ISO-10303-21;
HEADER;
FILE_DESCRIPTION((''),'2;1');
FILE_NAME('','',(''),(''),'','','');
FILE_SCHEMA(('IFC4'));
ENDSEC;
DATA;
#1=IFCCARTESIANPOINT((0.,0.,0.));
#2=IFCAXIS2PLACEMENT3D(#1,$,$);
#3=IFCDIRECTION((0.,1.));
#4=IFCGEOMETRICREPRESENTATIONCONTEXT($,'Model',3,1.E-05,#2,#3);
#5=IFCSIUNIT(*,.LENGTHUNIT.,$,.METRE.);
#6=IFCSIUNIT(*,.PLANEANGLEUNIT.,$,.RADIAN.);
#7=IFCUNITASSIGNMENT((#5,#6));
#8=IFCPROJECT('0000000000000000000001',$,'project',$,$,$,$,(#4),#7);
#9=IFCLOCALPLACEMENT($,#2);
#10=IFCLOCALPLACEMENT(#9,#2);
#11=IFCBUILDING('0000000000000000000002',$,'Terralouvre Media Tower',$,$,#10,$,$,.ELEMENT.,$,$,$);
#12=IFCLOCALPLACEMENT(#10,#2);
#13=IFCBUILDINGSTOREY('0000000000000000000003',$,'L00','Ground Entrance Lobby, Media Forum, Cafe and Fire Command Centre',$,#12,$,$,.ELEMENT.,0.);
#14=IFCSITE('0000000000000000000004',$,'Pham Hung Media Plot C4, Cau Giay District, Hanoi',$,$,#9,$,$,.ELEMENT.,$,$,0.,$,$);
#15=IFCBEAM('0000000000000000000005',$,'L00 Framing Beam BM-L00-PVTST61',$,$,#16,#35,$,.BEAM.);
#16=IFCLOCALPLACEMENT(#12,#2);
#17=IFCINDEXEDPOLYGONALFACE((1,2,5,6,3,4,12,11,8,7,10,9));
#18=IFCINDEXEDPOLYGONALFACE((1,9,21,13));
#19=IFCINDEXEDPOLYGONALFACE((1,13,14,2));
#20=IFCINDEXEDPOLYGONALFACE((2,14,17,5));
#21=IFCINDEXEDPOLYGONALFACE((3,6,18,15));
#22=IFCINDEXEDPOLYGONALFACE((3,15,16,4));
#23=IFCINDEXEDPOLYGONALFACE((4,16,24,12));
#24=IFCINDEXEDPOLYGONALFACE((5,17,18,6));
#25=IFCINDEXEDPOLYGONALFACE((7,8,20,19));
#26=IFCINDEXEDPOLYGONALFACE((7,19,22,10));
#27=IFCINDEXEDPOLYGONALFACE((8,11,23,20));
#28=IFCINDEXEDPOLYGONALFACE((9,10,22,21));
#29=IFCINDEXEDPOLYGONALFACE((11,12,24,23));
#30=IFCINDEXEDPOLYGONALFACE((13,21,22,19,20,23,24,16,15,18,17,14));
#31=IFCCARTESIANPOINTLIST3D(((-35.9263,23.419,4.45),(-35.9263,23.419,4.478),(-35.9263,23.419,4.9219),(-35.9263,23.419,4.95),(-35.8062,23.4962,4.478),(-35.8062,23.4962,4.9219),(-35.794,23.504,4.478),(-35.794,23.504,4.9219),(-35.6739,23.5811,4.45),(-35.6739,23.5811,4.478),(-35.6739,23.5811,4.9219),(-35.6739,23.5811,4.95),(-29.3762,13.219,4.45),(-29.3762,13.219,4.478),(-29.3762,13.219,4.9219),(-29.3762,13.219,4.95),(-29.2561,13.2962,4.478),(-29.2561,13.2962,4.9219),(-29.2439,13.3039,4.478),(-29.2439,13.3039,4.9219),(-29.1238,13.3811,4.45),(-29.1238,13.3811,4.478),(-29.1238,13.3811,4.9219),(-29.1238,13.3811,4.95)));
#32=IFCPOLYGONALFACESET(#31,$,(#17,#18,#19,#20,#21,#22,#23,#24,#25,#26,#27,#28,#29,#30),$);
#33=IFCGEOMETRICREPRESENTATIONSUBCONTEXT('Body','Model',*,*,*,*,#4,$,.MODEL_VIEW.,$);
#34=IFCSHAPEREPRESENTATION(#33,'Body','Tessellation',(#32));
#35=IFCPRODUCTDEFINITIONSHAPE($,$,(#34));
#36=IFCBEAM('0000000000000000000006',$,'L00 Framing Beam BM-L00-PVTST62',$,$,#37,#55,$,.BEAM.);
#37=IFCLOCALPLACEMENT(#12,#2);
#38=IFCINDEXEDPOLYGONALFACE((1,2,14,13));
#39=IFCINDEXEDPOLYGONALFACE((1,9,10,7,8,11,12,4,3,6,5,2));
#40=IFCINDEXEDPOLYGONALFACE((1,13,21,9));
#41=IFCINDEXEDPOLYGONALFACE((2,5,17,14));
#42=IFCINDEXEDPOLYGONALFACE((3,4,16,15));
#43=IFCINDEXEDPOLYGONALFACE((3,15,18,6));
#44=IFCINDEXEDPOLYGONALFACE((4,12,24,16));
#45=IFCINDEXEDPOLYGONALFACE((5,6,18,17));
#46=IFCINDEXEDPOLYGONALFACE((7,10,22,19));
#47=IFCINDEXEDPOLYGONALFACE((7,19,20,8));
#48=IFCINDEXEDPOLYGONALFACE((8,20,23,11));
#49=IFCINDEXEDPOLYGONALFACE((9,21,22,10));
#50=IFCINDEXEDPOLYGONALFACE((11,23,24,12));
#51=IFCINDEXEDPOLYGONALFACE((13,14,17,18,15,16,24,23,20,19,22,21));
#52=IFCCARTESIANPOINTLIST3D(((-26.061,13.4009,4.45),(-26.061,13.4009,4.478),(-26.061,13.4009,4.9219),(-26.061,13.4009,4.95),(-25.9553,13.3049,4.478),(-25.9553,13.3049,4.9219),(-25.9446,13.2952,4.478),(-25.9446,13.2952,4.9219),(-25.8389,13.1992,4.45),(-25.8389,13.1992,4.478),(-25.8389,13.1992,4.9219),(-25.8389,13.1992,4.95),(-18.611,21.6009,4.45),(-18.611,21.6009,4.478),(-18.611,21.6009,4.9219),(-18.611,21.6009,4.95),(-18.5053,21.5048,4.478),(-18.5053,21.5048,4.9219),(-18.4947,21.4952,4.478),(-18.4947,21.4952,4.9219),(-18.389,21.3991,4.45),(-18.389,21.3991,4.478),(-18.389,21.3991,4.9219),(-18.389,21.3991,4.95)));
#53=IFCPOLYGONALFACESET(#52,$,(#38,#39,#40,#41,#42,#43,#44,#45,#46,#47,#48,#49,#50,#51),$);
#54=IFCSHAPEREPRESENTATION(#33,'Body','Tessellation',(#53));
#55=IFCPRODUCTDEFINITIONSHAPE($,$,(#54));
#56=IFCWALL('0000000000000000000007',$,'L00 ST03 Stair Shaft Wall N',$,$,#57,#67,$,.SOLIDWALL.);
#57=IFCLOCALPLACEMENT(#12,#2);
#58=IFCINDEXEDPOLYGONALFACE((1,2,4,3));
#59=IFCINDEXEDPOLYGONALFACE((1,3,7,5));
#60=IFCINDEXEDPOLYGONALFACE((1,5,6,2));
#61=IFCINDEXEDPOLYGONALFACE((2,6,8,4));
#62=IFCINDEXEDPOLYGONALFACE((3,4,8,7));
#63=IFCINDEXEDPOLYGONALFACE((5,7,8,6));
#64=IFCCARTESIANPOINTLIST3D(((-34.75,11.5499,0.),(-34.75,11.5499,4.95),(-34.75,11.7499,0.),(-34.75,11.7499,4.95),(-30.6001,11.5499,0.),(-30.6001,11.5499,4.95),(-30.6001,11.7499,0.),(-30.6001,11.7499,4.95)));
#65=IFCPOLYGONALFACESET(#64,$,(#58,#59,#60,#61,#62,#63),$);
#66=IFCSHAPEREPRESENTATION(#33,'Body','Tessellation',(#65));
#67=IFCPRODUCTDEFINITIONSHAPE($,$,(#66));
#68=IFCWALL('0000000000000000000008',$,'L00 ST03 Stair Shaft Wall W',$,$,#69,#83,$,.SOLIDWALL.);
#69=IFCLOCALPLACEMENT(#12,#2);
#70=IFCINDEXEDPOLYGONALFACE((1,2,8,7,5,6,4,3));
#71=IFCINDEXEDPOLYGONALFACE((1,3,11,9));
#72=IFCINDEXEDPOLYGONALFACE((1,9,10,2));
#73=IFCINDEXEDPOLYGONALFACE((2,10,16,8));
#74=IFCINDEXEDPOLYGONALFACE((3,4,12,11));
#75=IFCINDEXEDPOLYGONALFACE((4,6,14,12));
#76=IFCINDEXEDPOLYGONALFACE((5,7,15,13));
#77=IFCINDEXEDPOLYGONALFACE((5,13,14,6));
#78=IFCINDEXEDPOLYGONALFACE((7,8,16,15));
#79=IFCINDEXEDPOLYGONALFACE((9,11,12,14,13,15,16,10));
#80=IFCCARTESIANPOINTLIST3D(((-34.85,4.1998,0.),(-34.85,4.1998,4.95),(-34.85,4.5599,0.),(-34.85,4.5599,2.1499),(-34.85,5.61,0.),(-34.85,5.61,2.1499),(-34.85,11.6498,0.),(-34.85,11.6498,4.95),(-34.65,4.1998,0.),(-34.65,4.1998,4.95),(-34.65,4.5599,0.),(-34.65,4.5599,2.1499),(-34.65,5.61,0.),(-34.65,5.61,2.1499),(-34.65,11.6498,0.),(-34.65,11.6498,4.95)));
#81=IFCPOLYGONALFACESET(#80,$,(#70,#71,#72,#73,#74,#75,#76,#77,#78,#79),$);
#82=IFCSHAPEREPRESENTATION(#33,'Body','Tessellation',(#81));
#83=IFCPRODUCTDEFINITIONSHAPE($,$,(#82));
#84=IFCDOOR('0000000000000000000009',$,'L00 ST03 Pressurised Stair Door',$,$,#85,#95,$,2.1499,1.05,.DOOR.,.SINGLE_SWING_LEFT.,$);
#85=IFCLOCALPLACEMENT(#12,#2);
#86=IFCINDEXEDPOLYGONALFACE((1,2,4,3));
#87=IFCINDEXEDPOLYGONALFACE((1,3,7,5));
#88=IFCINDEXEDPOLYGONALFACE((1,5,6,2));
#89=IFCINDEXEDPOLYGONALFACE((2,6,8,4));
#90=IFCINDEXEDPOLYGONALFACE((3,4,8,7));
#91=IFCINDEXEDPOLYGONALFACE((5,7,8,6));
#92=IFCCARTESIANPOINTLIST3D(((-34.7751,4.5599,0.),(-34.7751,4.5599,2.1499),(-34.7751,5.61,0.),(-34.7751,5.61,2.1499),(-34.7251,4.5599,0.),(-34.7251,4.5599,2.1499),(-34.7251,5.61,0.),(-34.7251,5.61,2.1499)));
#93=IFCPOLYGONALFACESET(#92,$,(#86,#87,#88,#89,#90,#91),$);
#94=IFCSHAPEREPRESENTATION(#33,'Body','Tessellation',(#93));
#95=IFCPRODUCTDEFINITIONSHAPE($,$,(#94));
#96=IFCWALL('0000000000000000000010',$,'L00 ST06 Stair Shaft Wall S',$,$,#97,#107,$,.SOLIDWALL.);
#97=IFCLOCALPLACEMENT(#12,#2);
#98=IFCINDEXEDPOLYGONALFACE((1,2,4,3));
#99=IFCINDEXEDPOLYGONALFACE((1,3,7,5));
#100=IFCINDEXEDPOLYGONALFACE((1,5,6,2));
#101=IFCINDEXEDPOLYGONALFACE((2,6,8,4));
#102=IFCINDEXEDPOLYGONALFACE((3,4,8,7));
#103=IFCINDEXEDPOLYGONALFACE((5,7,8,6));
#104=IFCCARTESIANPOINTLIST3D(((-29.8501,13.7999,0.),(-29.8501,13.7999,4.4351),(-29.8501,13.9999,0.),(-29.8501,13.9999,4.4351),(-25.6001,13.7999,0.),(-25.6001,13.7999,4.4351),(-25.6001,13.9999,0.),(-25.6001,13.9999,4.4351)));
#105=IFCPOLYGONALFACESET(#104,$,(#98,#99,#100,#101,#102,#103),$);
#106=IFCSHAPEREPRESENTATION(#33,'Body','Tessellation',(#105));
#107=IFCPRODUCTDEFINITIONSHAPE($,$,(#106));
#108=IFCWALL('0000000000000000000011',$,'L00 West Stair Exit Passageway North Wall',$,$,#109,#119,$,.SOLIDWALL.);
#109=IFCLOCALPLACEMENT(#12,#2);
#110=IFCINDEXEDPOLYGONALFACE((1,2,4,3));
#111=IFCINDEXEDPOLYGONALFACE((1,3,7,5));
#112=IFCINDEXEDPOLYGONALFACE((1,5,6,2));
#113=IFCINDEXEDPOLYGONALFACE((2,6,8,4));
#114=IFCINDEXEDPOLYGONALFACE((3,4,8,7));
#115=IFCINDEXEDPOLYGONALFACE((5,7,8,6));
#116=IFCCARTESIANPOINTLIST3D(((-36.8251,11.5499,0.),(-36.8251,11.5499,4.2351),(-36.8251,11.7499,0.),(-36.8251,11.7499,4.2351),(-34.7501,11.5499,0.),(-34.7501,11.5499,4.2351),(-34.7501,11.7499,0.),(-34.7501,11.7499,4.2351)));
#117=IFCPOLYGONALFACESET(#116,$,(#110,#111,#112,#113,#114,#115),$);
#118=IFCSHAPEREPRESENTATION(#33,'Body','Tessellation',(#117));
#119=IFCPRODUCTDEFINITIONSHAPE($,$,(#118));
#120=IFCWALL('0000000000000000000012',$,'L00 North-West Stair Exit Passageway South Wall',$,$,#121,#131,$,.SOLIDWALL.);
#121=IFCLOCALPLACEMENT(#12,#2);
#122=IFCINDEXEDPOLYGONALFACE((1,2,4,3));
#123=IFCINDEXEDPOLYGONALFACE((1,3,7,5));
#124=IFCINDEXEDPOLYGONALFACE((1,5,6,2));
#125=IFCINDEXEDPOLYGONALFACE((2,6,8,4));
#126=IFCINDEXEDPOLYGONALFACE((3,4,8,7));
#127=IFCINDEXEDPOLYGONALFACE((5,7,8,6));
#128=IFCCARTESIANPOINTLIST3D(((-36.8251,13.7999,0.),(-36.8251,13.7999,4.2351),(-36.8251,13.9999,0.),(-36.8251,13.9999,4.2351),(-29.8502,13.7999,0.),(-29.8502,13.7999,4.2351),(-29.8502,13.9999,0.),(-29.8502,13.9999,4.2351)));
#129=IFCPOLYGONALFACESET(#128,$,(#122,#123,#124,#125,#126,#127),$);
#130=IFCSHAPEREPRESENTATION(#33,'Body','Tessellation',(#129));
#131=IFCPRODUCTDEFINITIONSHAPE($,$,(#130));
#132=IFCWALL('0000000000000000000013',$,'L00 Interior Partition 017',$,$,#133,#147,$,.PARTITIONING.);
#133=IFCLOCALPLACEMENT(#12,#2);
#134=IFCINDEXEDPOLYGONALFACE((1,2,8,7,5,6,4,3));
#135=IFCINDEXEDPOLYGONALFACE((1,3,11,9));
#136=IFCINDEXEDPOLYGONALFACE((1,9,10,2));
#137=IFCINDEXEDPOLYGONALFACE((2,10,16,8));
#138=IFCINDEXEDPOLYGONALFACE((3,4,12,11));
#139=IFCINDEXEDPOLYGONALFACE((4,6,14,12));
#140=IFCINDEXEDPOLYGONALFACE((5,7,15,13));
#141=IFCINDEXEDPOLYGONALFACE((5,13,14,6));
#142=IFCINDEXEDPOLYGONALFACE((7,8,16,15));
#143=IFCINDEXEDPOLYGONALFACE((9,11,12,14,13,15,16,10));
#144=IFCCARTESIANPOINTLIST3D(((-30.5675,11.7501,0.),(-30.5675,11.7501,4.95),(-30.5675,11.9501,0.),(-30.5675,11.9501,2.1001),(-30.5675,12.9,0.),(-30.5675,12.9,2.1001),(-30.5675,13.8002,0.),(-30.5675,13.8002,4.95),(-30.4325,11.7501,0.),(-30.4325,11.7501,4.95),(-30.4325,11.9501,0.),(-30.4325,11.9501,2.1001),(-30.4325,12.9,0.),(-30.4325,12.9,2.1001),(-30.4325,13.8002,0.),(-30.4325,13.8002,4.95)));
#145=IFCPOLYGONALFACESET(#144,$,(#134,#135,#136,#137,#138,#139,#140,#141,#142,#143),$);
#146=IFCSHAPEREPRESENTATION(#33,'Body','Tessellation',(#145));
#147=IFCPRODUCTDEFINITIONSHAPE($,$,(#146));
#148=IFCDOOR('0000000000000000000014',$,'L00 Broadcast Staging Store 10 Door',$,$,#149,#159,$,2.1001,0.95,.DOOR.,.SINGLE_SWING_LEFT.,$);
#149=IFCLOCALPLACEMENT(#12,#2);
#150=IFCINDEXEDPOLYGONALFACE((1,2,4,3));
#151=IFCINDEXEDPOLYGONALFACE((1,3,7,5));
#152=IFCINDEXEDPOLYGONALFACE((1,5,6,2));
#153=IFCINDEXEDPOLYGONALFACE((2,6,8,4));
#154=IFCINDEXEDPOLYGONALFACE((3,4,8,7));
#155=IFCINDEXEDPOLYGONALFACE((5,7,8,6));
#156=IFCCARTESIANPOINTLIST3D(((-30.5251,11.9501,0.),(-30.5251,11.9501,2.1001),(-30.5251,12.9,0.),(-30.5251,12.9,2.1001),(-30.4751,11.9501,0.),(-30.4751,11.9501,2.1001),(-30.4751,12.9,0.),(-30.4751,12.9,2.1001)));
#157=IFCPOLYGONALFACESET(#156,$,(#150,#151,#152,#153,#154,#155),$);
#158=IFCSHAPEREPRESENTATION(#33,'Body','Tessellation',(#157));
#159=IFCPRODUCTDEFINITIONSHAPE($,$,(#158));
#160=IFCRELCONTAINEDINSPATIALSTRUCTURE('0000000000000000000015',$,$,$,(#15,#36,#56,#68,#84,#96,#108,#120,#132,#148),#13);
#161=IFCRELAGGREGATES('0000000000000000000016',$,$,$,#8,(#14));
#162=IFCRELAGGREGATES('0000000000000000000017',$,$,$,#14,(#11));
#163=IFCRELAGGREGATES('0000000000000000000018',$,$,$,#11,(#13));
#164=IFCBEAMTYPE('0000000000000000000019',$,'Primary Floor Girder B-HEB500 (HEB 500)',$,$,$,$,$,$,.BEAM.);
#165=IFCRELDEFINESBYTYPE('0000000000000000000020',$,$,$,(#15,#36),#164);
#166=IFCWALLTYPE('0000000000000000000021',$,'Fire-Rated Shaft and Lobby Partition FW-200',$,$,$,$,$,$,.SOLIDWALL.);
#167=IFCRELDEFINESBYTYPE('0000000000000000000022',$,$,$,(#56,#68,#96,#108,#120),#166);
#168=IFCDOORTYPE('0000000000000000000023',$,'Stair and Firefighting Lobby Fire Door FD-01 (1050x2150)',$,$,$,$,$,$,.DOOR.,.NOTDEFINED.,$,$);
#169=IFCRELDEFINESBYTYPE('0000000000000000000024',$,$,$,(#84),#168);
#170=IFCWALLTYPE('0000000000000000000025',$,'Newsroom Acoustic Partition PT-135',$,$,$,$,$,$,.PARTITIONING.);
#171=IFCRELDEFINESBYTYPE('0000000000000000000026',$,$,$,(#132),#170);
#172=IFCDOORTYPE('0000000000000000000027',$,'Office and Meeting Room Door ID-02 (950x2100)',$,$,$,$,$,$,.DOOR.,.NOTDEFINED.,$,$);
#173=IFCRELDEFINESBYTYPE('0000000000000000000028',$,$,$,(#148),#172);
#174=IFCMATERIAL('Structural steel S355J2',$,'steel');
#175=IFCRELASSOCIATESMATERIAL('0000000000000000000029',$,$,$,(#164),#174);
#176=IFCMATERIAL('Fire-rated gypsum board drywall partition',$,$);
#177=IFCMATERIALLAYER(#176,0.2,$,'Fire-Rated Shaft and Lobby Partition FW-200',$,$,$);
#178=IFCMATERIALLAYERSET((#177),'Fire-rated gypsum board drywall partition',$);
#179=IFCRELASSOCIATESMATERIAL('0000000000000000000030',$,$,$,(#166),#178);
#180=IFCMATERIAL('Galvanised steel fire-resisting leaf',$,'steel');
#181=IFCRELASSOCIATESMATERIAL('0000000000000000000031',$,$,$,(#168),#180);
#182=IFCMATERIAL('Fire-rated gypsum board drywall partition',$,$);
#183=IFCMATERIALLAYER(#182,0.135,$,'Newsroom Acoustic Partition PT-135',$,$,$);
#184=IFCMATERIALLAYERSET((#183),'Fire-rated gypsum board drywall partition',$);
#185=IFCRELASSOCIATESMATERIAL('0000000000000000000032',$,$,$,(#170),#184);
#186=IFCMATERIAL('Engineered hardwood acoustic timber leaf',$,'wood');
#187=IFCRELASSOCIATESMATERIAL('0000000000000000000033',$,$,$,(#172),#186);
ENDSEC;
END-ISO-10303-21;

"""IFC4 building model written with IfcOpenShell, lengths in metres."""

from ifc_helpers import new_model, si_unit, direction, frame, frame_2d, origin, origin_2d, place, context, subcontext, project, spatial, rectangle, i_section, extrude, material, layer, layer_set, material_profile, profile_set, type_object, element, fill, save


model = new_model("IFC4")

# Units and contexts
model_context = context("Model", 3, precision=1e-05, world=origin(), true_north=direction((0.0, 1.0)))
body_context = subcontext(model_context, "Body", "Model", "MODEL_VIEW")
ifc_project = project(units=[si_unit("LENGTHUNIT", "METRE"), si_unit("PLANEANGLEUNIT", "RADIAN")], contexts=[model_context])

# Site, building, storey
site_placement = place(None, origin())
site = spatial("IfcSite", under=ifc_project, at=site_placement, Name="Pham Hung Media Plot C4, Cau Giay District, Hanoi", CompositionType="ELEMENT", RefElevation=0.0)
building_placement = place(site_placement, origin())
building = spatial("IfcBuilding", under=site, at=building_placement, Name="Terralouvre Media Tower", CompositionType="ELEMENT")
storey_placement = place(building_placement, origin())
storey = spatial("IfcBuildingStorey", under=building, at=storey_placement, Name="L00", Description="Ground Entrance Lobby, Media Forum, Cafe and Fire Command Centre", CompositionType="ELEMENT", Elevation=0.0)

# Beams
ifc_material_1 = material(Name="Structural steel S355J2", Category="steel")
ifc_material_profile_1 = material_profile(ifc_material_1, i_section(OverallWidth=0.3, OverallDepth=0.5, WebThickness=0.0144, FlangeThickness=0.0281, at=origin_2d()), Name="HEB 500")
ifc_profile_set_1 = profile_set([ifc_material_profile_1], Name="Structural steel S355J2")
beam_type_1 = type_object("IfcBeamType", Name="Primary Floor Girder B-HEB500 (HEB 500)", PredefinedType="BEAM", material=ifc_profile_set_1)
beam_1_placement = place(storey_placement, frame((-29.25, 13.3, 4.7), z_axis=(-0.540345, 0.841443, 0.0), x_axis=(-0.841443, -0.540345, 0.0)))
element("IfcBeam", 1, at=beam_1_placement, inside=storey, type_object=beam_type_1, Name="L00 Framing Beam BM-L00-PVTST61", PredefinedType="BEAM", context=body_context, shape_type="SweptSolid", body=[
    extrude(i_section(OverallWidth=0.3, OverallDepth=0.5, WebThickness=0.0144, FlangeThickness=0.0281, at=origin_2d()), origin(), (0.0, 0.0, 1.0), 12.1221),
])
beam_2_placement = place(storey_placement, frame((-25.95, 13.3, 4.7), z_axis=(0.672448, 0.740144, 0.0), x_axis=(-0.740144, 0.672448, 0.0)))
element("IfcBeam", 2, at=beam_2_placement, inside=storey, type_object=beam_type_1, Name="L00 Framing Beam BM-L00-PVTST62", PredefinedType="BEAM", context=body_context, shape_type="SweptSolid", body=[
    extrude(i_section(OverallWidth=0.3, OverallDepth=0.5, WebThickness=0.0144, FlangeThickness=0.0281, at=origin_2d()), origin(), (0.0, 0.0, 1.0), 11.0789),
])

# Wall
ifc_material_2 = material(Name="Fire-rated gypsum board drywall partition")
ifc_layer_1 = layer(ifc_material_2, 0.2, Name="Fire-Rated Shaft and Lobby Partition FW-200")
ifc_layer_set_1 = layer_set([ifc_layer_1], Name="Fire-rated gypsum board drywall partition")
wall_type_1 = type_object("IfcWallType", Name="Fire-Rated Shaft and Lobby Partition FW-200", PredefinedType="SOLIDWALL", material=ifc_layer_set_1)
wall_1_placement = place(storey_placement, frame((-30.6001, 11.6499, 0.0), z_axis=(0.0, 0.0, 1.0), x_axis=(-1.0, 0.0, 0.0)))
element("IfcWall", 3, at=wall_1_placement, inside=storey, type_object=wall_type_1, Name="L00 ST03 Stair Shaft Wall N", PredefinedType="SOLIDWALL", context=body_context, shape_type="SweptSolid", body=[
    extrude(rectangle(XDim=4.1499, YDim=0.2, at=frame_2d((2.075, 0.0))), origin(), (0.0, 0.0, 1.0), 4.95),
])

# Wall, opening, door
wall_2_placement = place(storey_placement, frame((-34.75, 11.6499, 0.0), z_axis=(0.0, 0.0, 1.0), x_axis=(0.0, -1.0, 0.0)))
wall_2 = element("IfcWall", 4, at=wall_2_placement, inside=storey, type_object=wall_type_1, Name="L00 ST03 Stair Shaft Wall W", PredefinedType="SOLIDWALL", context=body_context, shape_type="SweptSolid", body=[
    extrude(rectangle(XDim=7.45, YDim=0.2, at=frame_2d((3.7251, 0.0))), origin(), (0.0, 0.0, 1.0), 4.95),
])
opening_1_placement = place(wall_2_placement, frame((6.04, 0.0, 0.0)))
opening_1 = element("IfcOpeningElement", 5, at=opening_1_placement, cuts=wall_2, PredefinedType="OPENING", context=body_context, shape_type="SweptSolid", body=[
    extrude(rectangle(XDim=1.05, YDim=2.1499, at=frame_2d((0.5249, 1.075))), frame((0.0, 0.1099, 0.0), z_axis=(0.0, -1.0, 0.0), x_axis=(1.0, 0.0, 0.0)), (0.0, 0.0, 1.0), 0.22),
])
ifc_material_3 = material(Name="Galvanised steel fire-resisting leaf", Category="steel")
door_type_1 = type_object("IfcDoorType", Name="Stair and Firefighting Lobby Fire Door FD-01 (1050x2150)", OperationType="NOTDEFINED", PredefinedType="DOOR", material=ifc_material_3)
door_1_placement = place(opening_1_placement, origin())
door_1 = element("IfcDoor", 6, at=door_1_placement, inside=storey, type_object=door_type_1, Name="L00 ST03 Pressurised Stair Door", OperationType="SINGLE_SWING_LEFT", OverallHeight=2.1499, OverallWidth=1.05, PredefinedType="DOOR", context=body_context, shape_type="SweptSolid", body=[
    extrude(rectangle(XDim=1.05, YDim=2.1499, at=frame_2d((0.5249, 1.075))), frame((0.0, 0.0249, 0.0), z_axis=(0.0, -1.0, 0.0), x_axis=(1.0, 0.0, 0.0)), (0.0, 0.0, 1.0), 0.05),
])
fill(opening_1, door_1)

# Walls
wall_3_placement = place(storey_placement, frame((-29.8501, 13.8999, 0.0), z_axis=(0.0, 0.0, 1.0), x_axis=(1.0, 0.0, 0.0)))
element("IfcWall", 7, at=wall_3_placement, inside=storey, type_object=wall_type_1, Name="L00 ST06 Stair Shaft Wall S", PredefinedType="SOLIDWALL", context=body_context, shape_type="SweptSolid", body=[
    extrude(rectangle(XDim=4.25, YDim=0.2, at=frame_2d((2.125, 0.0))), origin(), (0.0, 0.0, 1.0), 4.4351),
])
wall_4_placement = place(storey_placement, frame((-34.75, 11.6499, 0.0), z_axis=(0.0, 0.0, 1.0), x_axis=(-1.0, 0.0, 0.0)))
element("IfcWall", 8, at=wall_4_placement, inside=storey, type_object=wall_type_1, Name="L00 West Stair Exit Passageway North Wall", PredefinedType="SOLIDWALL", context=body_context, shape_type="SweptSolid", body=[
    extrude(rectangle(XDim=2.075, YDim=0.2, at=frame_2d((1.0376, 0.0))), origin(), (0.0, 0.0, 1.0), 4.2351),
])
wall_5_placement = place(storey_placement, frame((-36.825, 13.8999, 0.0), z_axis=(0.0, 0.0, 1.0), x_axis=(1.0, 0.0, 0.0)))
element("IfcWall", 9, at=wall_5_placement, inside=storey, type_object=wall_type_1, Name="L00 North-West Stair Exit Passageway South Wall", PredefinedType="SOLIDWALL", context=body_context, shape_type="SweptSolid", body=[
    extrude(rectangle(XDim=6.9749, YDim=0.2, at=frame_2d((3.4873, 0.0))), origin(), (0.0, 0.0, 1.0), 4.2351),
])

# Wall, opening, door
ifc_material_4 = material(Name="Fire-rated gypsum board drywall partition")
ifc_layer_2 = layer(ifc_material_4, 0.135, Name="Newsroom Acoustic Partition PT-135")
ifc_layer_set_2 = layer_set([ifc_layer_2], Name="Fire-rated gypsum board drywall partition")
wall_type_2 = type_object("IfcWallType", Name="Newsroom Acoustic Partition PT-135", PredefinedType="PARTITIONING", material=ifc_layer_set_2)
wall_6_placement = place(storey_placement, frame((-30.5, 13.8, 0.0), z_axis=(0.0, 0.0, 1.0), x_axis=(0.0, -1.0, 0.0)))
wall_6 = element("IfcWall", 10, at=wall_6_placement, inside=storey, type_object=wall_type_2, Name="L00 Interior Partition 017", PredefinedType="PARTITIONING", context=body_context, shape_type="SweptSolid", body=[
    extrude(rectangle(XDim=2.05, YDim=0.135, at=frame_2d((1.0249, 0.0))), origin(), (0.0, 0.0, 1.0), 4.95),
])
opening_2_placement = place(wall_6_placement, frame((0.8999, 0.0, 0.0)))
opening_2 = element("IfcOpeningElement", 11, at=opening_2_placement, cuts=wall_6, PredefinedType="OPENING", context=body_context, shape_type="SweptSolid", body=[
    extrude(rectangle(XDim=0.95, YDim=2.1001, at=frame_2d((0.4751, 1.05))), frame((0.0, 0.0774, 0.0), z_axis=(0.0, -1.0, 0.0), x_axis=(1.0, 0.0, 0.0)), (0.0, 0.0, 1.0), 0.155),
])
ifc_material_5 = material(Name="Engineered hardwood acoustic timber leaf", Category="wood")
door_type_2 = type_object("IfcDoorType", Name="Office and Meeting Room Door ID-02 (950x2100)", OperationType="NOTDEFINED", PredefinedType="DOOR", material=ifc_material_5)
door_2_placement = place(opening_2_placement, origin())
door_2 = element("IfcDoor", 12, at=door_2_placement, inside=storey, type_object=door_type_2, Name="L00 Broadcast Staging Store 10 Door", OperationType="SINGLE_SWING_LEFT", OverallHeight=2.1001, OverallWidth=0.95, PredefinedType="DOOR", context=body_context, shape_type="SweptSolid", body=[
    extrude(rectangle(XDim=0.95, YDim=2.1001, at=frame_2d((0.4751, 1.05))), frame((0.0, 0.0249, 0.0), z_axis=(0.0, -1.0, 0.0), x_axis=(1.0, 0.0, 0.0)), (0.0, 0.0, 1.0), 0.05),
])
fill(opening_2, door_2)

save(model, "model.ifc")
